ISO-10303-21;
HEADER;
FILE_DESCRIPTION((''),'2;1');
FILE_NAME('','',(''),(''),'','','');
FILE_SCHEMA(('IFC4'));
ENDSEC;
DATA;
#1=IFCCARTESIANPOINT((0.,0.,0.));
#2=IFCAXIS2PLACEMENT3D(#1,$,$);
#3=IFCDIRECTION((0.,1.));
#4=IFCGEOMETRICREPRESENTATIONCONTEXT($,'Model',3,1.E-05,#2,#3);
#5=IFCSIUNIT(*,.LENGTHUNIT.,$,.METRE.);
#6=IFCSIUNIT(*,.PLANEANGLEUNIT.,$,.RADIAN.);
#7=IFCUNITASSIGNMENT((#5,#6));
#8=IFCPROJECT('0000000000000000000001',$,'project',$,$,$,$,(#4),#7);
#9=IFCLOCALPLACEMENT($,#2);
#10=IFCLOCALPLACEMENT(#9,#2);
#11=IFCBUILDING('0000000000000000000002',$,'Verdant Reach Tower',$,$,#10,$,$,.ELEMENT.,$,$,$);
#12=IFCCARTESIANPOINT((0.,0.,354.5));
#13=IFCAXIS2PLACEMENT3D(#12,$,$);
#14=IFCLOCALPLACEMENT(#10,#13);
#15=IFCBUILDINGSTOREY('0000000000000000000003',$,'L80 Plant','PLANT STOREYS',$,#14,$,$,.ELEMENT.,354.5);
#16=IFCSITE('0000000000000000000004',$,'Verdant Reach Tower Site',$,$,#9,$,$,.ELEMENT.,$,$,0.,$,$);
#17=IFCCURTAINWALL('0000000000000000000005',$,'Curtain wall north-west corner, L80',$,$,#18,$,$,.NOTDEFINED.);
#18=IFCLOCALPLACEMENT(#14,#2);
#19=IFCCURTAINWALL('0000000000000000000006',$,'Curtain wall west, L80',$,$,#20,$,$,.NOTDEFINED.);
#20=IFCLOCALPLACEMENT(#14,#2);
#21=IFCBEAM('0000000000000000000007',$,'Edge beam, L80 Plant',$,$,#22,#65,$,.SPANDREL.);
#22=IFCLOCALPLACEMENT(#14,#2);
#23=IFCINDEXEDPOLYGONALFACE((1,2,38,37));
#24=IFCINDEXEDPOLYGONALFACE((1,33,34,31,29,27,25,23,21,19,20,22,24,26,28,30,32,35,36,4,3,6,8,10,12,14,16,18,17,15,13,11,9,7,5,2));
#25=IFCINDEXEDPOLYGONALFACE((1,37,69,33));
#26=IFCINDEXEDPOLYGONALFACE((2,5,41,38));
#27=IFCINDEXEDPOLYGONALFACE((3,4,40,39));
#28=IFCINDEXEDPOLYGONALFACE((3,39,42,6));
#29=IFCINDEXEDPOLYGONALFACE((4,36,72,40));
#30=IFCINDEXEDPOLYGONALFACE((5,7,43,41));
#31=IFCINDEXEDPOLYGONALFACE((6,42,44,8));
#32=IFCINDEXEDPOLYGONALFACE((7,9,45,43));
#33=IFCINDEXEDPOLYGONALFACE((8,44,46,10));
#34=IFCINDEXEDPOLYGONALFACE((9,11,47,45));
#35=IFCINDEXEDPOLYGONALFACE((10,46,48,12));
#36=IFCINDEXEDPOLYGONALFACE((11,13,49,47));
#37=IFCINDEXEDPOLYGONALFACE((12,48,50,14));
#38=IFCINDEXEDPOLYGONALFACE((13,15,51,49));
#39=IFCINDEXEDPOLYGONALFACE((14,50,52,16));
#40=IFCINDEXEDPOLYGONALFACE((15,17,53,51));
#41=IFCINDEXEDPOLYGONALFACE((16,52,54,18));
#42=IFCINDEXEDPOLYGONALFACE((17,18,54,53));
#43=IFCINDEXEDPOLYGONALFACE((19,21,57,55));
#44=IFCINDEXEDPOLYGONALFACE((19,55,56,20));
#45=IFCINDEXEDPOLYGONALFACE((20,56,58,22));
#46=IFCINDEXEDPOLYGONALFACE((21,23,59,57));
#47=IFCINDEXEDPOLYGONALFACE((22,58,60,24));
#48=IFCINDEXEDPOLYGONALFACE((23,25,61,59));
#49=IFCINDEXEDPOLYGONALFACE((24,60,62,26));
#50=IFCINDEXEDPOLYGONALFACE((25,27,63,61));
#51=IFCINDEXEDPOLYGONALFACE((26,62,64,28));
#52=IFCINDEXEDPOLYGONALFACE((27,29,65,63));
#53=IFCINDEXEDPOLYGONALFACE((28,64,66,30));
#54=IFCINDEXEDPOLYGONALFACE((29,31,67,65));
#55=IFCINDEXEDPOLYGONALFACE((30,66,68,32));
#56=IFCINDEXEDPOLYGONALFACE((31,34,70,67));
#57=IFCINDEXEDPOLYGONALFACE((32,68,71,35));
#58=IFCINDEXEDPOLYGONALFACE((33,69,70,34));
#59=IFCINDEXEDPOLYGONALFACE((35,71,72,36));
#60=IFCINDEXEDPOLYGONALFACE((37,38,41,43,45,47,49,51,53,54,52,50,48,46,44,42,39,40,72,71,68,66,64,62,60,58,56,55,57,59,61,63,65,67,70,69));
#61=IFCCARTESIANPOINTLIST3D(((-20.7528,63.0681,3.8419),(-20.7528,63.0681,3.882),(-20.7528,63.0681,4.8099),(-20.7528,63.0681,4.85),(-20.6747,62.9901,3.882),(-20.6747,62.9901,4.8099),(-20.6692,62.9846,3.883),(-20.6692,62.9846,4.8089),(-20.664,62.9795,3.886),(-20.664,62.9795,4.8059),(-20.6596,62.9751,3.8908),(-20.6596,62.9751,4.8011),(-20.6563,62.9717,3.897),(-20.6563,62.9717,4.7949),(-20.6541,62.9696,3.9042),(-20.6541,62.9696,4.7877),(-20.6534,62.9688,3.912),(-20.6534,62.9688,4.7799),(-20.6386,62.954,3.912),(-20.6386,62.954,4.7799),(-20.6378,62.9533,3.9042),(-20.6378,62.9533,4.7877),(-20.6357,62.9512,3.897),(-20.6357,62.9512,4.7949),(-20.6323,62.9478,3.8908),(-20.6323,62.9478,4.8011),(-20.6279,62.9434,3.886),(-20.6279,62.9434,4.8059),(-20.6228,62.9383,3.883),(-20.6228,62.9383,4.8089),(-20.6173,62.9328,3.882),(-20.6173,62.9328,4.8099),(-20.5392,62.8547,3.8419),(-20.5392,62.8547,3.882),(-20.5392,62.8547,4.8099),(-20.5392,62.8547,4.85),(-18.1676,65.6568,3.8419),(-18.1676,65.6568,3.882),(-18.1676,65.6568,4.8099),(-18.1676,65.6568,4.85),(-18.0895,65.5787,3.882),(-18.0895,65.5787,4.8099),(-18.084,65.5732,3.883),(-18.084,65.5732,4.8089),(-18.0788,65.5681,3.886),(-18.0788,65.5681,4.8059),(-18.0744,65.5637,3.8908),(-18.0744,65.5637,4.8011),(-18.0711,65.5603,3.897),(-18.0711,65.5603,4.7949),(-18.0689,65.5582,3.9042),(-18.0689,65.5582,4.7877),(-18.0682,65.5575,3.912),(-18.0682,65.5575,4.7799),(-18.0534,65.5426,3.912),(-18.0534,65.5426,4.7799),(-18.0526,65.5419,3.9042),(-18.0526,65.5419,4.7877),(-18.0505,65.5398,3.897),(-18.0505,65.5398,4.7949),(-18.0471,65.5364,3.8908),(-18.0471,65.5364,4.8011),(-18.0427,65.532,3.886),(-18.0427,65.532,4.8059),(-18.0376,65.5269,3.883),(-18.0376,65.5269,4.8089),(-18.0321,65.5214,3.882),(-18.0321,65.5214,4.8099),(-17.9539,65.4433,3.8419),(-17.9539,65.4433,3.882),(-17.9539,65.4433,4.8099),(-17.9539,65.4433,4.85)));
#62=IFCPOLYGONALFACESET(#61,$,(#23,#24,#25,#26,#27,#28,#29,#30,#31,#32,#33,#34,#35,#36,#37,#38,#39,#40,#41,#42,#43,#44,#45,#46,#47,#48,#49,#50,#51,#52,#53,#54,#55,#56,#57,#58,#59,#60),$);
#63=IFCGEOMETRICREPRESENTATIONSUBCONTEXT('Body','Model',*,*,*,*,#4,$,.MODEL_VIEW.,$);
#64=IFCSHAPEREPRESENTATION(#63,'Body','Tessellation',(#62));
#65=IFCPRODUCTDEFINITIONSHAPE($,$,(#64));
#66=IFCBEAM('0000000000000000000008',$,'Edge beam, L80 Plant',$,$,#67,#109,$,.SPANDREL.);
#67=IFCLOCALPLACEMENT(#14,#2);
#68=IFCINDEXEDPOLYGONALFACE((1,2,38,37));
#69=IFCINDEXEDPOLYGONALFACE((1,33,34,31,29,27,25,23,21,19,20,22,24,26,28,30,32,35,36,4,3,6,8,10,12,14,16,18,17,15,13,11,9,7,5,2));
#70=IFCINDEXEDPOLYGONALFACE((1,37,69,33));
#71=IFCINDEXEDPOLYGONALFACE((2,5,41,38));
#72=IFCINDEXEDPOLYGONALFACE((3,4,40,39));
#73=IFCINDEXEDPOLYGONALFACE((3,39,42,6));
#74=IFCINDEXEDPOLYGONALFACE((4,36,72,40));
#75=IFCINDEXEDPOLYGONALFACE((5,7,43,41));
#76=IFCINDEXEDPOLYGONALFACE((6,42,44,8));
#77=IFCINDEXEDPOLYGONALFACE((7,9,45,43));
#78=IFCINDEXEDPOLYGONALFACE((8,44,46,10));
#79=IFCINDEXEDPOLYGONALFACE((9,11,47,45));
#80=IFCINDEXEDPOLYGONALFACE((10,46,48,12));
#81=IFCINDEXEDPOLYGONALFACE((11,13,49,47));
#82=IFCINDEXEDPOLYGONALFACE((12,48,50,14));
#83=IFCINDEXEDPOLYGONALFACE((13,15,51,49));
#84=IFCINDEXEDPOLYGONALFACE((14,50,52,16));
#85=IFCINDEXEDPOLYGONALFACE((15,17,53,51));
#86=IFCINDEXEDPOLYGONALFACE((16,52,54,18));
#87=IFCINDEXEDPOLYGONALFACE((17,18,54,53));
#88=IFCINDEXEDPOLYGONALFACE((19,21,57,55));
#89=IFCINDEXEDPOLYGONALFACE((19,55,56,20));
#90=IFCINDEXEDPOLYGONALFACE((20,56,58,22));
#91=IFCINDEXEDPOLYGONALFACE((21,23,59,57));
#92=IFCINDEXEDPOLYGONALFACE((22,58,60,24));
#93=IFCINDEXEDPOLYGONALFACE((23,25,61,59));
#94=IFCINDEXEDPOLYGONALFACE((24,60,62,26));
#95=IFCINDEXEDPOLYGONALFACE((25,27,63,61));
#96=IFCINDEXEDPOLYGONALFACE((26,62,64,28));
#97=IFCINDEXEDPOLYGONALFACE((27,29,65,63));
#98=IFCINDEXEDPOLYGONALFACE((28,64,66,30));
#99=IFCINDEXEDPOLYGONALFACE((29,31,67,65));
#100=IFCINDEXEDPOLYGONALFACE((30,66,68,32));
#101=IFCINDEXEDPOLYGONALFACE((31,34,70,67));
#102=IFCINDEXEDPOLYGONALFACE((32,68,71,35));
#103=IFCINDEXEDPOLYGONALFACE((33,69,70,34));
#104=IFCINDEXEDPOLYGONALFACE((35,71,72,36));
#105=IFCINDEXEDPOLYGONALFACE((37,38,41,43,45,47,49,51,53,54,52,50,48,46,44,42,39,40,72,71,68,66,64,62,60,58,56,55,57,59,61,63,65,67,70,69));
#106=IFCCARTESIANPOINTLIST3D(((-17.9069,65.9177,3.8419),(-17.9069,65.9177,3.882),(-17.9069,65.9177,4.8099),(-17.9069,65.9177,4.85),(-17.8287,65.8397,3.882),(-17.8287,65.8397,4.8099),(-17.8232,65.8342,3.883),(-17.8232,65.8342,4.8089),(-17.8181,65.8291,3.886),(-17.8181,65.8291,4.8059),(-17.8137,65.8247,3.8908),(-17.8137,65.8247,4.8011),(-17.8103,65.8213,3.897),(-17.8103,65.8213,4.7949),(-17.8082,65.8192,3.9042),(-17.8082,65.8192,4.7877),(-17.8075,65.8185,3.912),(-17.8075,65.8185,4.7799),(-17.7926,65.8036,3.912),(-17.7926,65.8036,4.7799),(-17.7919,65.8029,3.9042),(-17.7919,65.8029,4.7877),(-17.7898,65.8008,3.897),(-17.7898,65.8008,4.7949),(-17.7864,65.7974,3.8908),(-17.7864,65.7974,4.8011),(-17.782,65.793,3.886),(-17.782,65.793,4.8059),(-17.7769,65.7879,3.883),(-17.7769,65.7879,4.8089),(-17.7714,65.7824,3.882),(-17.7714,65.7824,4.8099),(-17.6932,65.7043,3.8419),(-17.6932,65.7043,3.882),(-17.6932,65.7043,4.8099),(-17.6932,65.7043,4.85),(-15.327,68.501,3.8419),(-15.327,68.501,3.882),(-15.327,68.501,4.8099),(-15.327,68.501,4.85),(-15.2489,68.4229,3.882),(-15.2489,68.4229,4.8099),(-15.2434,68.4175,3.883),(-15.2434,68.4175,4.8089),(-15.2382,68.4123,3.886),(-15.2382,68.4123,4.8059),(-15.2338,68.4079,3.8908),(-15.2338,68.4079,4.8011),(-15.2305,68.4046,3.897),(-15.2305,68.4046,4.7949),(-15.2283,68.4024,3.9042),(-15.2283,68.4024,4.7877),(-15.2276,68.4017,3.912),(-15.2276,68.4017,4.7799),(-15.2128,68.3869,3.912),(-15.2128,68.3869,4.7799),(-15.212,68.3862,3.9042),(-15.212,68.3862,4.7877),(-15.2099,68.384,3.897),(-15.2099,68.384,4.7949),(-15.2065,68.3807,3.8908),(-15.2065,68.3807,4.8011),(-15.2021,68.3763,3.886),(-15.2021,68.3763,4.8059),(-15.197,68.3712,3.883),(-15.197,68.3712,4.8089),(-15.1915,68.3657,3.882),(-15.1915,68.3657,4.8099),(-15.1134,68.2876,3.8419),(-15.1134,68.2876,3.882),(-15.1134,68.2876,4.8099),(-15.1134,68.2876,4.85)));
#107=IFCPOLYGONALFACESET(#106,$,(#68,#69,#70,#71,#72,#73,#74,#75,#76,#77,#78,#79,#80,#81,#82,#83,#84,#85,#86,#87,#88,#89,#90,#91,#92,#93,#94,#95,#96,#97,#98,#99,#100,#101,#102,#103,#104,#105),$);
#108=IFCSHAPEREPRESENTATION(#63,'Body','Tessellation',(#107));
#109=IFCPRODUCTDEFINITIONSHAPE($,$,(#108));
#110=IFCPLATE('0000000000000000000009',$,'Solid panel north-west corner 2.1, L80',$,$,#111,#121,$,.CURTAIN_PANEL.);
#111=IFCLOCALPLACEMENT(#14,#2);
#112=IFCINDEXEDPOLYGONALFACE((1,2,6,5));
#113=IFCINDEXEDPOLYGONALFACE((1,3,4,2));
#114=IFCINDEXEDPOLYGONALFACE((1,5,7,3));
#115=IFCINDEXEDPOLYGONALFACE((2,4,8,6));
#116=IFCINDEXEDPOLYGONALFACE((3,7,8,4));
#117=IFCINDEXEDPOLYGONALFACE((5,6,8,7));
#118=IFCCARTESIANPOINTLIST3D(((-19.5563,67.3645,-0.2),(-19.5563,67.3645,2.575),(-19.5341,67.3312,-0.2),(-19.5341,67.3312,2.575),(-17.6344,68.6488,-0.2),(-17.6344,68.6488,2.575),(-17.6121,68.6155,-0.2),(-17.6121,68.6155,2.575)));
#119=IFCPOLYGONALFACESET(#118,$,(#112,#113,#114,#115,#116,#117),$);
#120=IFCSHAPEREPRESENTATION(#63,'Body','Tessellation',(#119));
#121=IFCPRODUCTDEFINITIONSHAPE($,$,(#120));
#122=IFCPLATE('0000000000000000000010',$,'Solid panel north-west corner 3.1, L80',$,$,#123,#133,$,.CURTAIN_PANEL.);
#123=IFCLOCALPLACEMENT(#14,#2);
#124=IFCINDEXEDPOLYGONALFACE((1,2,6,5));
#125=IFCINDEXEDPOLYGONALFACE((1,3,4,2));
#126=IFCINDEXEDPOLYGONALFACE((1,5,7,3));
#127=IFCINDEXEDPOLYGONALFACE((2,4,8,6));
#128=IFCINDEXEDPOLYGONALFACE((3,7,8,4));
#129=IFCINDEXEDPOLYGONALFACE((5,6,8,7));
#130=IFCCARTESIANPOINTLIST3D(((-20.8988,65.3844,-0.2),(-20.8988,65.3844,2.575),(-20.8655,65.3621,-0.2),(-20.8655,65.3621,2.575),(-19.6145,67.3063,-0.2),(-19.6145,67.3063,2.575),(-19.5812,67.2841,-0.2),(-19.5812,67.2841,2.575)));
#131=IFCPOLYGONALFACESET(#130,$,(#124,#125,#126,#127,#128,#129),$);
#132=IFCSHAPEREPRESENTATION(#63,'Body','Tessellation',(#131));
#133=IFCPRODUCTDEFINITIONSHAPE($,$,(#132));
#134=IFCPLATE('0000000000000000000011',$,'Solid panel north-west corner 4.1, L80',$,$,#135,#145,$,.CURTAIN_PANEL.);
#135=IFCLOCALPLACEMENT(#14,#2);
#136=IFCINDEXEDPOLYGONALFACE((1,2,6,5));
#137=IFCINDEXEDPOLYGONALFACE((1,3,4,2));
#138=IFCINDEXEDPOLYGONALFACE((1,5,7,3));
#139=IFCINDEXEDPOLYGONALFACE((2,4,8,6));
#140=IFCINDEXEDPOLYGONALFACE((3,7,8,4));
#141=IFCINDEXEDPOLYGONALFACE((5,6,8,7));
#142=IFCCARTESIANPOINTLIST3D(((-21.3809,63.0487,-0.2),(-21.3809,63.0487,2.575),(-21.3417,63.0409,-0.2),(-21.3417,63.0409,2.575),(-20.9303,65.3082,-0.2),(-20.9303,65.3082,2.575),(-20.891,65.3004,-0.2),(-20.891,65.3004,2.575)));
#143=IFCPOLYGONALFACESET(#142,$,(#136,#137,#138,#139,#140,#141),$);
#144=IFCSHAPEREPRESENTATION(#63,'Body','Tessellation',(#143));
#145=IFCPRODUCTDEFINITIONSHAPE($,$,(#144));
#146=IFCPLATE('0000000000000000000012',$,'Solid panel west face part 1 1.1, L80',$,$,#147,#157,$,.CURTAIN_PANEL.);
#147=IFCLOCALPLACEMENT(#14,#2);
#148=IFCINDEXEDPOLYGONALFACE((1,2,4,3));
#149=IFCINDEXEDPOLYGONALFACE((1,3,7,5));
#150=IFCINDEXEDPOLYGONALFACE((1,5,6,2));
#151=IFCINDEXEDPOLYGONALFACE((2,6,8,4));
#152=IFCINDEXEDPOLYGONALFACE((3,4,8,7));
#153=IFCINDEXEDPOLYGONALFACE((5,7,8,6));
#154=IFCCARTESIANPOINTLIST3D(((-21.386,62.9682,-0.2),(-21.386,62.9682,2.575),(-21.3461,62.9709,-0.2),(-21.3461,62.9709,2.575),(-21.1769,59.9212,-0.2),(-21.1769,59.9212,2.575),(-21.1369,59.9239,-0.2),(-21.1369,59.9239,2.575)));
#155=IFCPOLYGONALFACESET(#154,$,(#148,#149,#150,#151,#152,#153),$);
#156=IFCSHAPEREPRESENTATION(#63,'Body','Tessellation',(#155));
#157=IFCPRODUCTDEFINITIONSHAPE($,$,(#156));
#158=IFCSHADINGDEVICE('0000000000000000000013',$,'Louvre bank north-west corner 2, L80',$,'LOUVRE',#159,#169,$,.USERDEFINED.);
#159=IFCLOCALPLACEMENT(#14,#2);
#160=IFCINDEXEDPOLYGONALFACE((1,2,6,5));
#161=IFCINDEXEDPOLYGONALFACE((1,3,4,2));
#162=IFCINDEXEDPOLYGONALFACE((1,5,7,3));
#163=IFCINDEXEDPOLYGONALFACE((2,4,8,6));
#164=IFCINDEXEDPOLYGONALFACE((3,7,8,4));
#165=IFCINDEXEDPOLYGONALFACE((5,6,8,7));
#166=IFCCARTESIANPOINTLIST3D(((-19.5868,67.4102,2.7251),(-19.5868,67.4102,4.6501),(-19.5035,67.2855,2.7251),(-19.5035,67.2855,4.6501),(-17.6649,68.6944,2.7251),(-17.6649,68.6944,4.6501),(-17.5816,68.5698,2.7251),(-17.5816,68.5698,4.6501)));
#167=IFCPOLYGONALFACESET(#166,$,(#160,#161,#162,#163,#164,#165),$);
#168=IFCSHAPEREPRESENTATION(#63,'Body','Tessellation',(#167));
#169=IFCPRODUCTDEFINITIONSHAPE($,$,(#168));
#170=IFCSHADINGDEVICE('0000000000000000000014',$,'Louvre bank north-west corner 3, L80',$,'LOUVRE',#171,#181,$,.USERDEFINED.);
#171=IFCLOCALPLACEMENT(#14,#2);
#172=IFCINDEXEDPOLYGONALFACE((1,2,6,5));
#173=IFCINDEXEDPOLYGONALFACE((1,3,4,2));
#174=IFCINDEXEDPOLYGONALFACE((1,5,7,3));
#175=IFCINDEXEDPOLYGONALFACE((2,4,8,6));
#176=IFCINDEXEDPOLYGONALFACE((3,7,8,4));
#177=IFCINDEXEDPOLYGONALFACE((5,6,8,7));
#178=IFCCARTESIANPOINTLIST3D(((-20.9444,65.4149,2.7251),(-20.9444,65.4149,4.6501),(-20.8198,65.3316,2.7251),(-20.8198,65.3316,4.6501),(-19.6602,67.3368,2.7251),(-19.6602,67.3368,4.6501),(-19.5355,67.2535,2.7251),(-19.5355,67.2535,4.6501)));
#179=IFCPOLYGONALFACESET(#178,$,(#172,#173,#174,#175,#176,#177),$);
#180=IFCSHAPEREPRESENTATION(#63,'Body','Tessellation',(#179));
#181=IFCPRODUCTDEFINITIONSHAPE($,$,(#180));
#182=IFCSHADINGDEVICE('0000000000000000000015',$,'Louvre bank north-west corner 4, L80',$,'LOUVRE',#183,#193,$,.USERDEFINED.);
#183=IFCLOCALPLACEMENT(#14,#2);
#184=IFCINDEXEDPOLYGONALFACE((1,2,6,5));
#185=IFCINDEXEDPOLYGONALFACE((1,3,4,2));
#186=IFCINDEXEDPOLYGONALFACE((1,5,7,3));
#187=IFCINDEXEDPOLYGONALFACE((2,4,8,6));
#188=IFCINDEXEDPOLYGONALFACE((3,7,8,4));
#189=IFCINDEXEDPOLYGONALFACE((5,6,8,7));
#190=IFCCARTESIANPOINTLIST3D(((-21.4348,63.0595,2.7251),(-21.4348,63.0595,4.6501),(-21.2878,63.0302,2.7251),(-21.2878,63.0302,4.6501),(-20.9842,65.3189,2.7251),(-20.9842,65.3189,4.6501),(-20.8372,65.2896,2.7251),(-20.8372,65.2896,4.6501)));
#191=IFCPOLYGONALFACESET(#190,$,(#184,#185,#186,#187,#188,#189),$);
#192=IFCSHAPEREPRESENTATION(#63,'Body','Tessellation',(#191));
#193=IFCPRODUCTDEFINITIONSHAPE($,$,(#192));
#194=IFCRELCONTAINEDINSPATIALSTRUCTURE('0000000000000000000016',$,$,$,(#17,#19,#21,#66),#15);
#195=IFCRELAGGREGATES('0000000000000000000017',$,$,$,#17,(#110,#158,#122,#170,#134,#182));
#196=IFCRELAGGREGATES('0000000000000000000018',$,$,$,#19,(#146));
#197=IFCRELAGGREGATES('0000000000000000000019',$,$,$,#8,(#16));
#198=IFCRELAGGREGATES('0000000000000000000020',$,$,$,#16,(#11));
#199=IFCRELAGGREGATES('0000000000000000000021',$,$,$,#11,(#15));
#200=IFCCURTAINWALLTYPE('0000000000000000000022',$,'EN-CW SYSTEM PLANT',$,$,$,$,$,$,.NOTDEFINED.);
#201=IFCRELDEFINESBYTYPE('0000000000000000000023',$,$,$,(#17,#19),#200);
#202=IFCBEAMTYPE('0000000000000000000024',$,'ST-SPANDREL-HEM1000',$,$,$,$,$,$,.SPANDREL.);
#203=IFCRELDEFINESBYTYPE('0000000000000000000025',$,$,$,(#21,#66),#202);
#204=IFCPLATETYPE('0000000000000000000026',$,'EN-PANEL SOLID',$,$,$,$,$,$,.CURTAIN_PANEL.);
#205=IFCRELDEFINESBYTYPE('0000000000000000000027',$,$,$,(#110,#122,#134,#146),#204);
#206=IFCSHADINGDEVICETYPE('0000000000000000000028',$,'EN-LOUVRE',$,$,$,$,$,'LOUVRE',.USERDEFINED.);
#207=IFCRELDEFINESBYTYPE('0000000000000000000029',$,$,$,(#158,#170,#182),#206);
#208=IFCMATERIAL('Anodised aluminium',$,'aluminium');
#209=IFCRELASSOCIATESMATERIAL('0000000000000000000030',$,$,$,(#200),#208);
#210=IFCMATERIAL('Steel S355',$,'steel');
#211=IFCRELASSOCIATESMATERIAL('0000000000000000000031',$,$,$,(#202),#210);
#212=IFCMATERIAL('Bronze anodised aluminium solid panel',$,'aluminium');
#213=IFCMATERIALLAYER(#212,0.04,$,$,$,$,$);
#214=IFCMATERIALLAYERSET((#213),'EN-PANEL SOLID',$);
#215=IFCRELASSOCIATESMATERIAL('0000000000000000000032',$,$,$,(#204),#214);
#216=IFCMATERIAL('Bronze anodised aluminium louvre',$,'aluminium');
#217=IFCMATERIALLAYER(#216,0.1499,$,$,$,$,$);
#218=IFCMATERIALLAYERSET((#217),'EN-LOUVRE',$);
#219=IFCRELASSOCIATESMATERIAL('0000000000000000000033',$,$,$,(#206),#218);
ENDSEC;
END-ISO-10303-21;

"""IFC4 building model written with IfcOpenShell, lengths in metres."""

from ifc_helpers import new_model, si_unit, direction, frame, origin, origin_2d, place, context, subcontext, project, spatial, rectangle, i_section, extrude, material, layer, layer_set, material_profile, profile_set, type_object, element, aggregate, save


model = new_model("IFC4")

# Units and contexts
model_context = context("Model", 3, precision=1e-05, world=origin(), true_north=direction((0.0, 1.0)))
body_context = subcontext(model_context, "Body", "Model", "MODEL_VIEW")
ifc_project = project(units=[si_unit("LENGTHUNIT", "METRE"), si_unit("PLANEANGLEUNIT", "RADIAN")], contexts=[model_context])

# Site, building, storey
site_placement = place(None, origin())
site = spatial("IfcSite", under=ifc_project, at=site_placement, Name="Verdant Reach Tower Site", CompositionType="ELEMENT", RefElevation=0.0)
building_placement = place(site_placement, origin())
building = spatial("IfcBuilding", under=site, at=building_placement, Name="Verdant Reach Tower", CompositionType="ELEMENT")
storey_placement = place(building_placement, frame((0.0, 0.0, 354.5)))
storey = spatial("IfcBuildingStorey", under=building, at=storey_placement, Name="L80 Plant", Description="PLANT STOREYS", CompositionType="ELEMENT", Elevation=354.5)

# Curtain walls
ifc_material_1 = material(Name="Anodised aluminium", Category="aluminium")
curtain_wall_type = type_object("IfcCurtainWallType", Name="EN-CW SYSTEM PLANT", PredefinedType="NOTDEFINED", material=ifc_material_1)
curtain_wall_1_placement = place(storey_placement, origin())
curtain_wall_1 = element("IfcCurtainWall", 1, at=curtain_wall_1_placement, inside=storey, type_object=curtain_wall_type, Name="Curtain wall north-west corner, L80", PredefinedType="NOTDEFINED")
curtain_wall_2_placement = place(storey_placement, origin())
curtain_wall_2 = element("IfcCurtainWall", 2, at=curtain_wall_2_placement, inside=storey, type_object=curtain_wall_type, Name="Curtain wall west, L80", PredefinedType="NOTDEFINED")

# Beams
ifc_material_2 = material(Name="Steel S355", Category="steel")
ifc_material_profile_1 = material_profile(ifc_material_2, i_section(OverallWidth=0.302, OverallDepth=1.0081, WebThickness=0.021, FlangeThickness=0.04, FilletRadius=0.03, at=origin_2d()), Name="HEM 1000")
ifc_profile_set_1 = profile_set([ifc_material_profile_1], Name="Steel S355")
beam_type = type_object("IfcBeamType", Name="ST-SPANDREL-HEM1000", PredefinedType="SPANDREL", material=ifc_profile_set_1)
beam_1_placement = place(storey_placement, frame((-20.646, 62.9614, 4.3459), z_axis=(0.706639, 0.707574, 0.0), x_axis=(-0.707574, 0.706639, 0.0)))
element("IfcBeam", 3, at=beam_1_placement, inside=storey, type_object=beam_type, Name="Edge beam, L80 Plant", PredefinedType="SPANDREL", context=body_context, shape_type="SweptSolid", body=[
    extrude(i_section(OverallWidth=0.302, OverallDepth=1.0081, WebThickness=0.021, FlangeThickness=0.04, FilletRadius=0.03, at=origin_2d()), origin(), (0.0, 0.0, 1.0), 3.6584),
])
beam_2_placement = place(storey_placement, frame((-17.8, 65.811, 4.3459), z_axis=(0.706639, 0.707575, 0.0), x_axis=(-0.707575, 0.706639, 0.0)))
element("IfcBeam", 4, at=beam_2_placement, inside=storey, type_object=beam_type, Name="Edge beam, L80 Plant", PredefinedType="SPANDREL", context=body_context, shape_type="SweptSolid", body=[
    extrude(i_section(OverallWidth=0.302, OverallDepth=1.0081, WebThickness=0.021, FlangeThickness=0.04, FilletRadius=0.03, at=origin_2d()), origin(), (0.0, 0.0, 1.0), 3.6509),
])

# Plates
ifc_material_3 = material(Name="Bronze anodised aluminium solid panel", Category="aluminium")
ifc_layer_1 = layer(ifc_material_3, 0.04)
ifc_layer_set_1 = layer_set([ifc_layer_1], Name="EN-PANEL SOLID")
plate_type = type_object("IfcPlateType", Name="EN-PANEL SOLID", PredefinedType="CURTAIN_PANEL", material=ifc_layer_set_1)
plate_1_placement = place(storey_placement, frame((-18.5842, 67.99, -0.2), z_axis=(0.0, 0.0, 1.0), x_axis=(-0.831452, -0.555596, 0.0)))
plate_1 = element("IfcPlate", 5, at=plate_1_placement, type_object=plate_type, Name="Solid panel north-west corner 2.1, L80", PredefinedType="CURTAIN_PANEL", context=body_context, shape_type="SweptSolid", body=[
    extrude(rectangle(XDim=2.3115, YDim=0.04, at=origin_2d()), origin(), (0.0, 0.0, 1.0), 2.7749),
])
plate_2_placement = place(storey_placement, frame((-20.24, 66.3342, -0.2), z_axis=(0.0, 0.0, 1.0), x_axis=(-0.555596, -0.831452, 0.0)))
plate_2 = element("IfcPlate", 6, at=plate_2_placement, type_object=plate_type, Name="Solid panel north-west corner 3.1, L80", PredefinedType="CURTAIN_PANEL", context=body_context, shape_type="SweptSolid", body=[
    extrude(rectangle(XDim=2.3115, YDim=0.04, at=origin_2d()), origin(), (0.0, 0.0, 1.0), 2.7749),
])
plate_3_placement = place(storey_placement, frame((-21.136, 64.1746, -0.2), z_axis=(0.0, 0.0, 1.0), x_axis=(-0.195593, -0.980685, 0.0)))
plate_3 = element("IfcPlate", 7, at=plate_3_placement, type_object=plate_type, Name="Solid panel north-west corner 4.1, L80", PredefinedType="CURTAIN_PANEL", context=body_context, shape_type="SweptSolid", body=[
    extrude(rectangle(XDim=2.304, YDim=0.04, at=origin_2d()), origin(), (0.0, 0.0, 1.0), 2.7749),
])
plate_4_placement = place(storey_placement, frame((-21.2615, 61.446, -0.2), z_axis=(0.0, 0.0, 1.0), x_axis=(0.068469, -0.997653, 0.0)))
plate_4 = element("IfcPlate", 8, at=plate_4_placement, type_object=plate_type, Name="Solid panel west face part 1 1.1, L80", PredefinedType="CURTAIN_PANEL", context=body_context, shape_type="SweptSolid", body=[
    extrude(rectangle(XDim=3.0542, YDim=0.04, at=origin_2d()), origin(), (0.0, 0.0, 1.0), 2.7749),
])

# Shading devices
ifc_material_4 = material(Name="Bronze anodised aluminium louvre", Category="aluminium")
ifc_layer_2 = layer(ifc_material_4, 0.1499)
ifc_layer_set_2 = layer_set([ifc_layer_2], Name="EN-LOUVRE")
shading_device_type = type_object("IfcShadingDeviceType", Name="EN-LOUVRE", ElementType="LOUVRE", PredefinedType="USERDEFINED", material=ifc_layer_set_2)
shading_device_1_placement = place(storey_placement, frame((-18.5842, 67.99, 2.7251), z_axis=(0.0, 0.0, 1.0), x_axis=(-0.831452, -0.555596, 0.0)))
shading_device_1 = element("IfcShadingDevice", 9, at=shading_device_1_placement, type_object=shading_device_type, Name="Louvre bank north-west corner 2, L80", ObjectType="LOUVRE", PredefinedType="USERDEFINED", context=body_context, shape_type="SweptSolid", body=[
    extrude(rectangle(XDim=2.3115, YDim=0.1499, at=origin_2d()), origin(), (0.0, 0.0, 1.0), 1.925),
])
shading_device_2_placement = place(storey_placement, frame((-20.24, 66.3342, 2.7251), z_axis=(0.0, 0.0, 1.0), x_axis=(-0.555596, -0.831452, 0.0)))
shading_device_2 = element("IfcShadingDevice", 10, at=shading_device_2_placement, type_object=shading_device_type, Name="Louvre bank north-west corner 3, L80", ObjectType="LOUVRE", PredefinedType="USERDEFINED", context=body_context, shape_type="SweptSolid", body=[
    extrude(rectangle(XDim=2.3115, YDim=0.1499, at=origin_2d()), origin(), (0.0, 0.0, 1.0), 1.925),
])
shading_device_3_placement = place(storey_placement, frame((-21.136, 64.1746, 2.7251), z_axis=(0.0, 0.0, 1.0), x_axis=(-0.195593, -0.980685, 0.0)))
shading_device_3 = element("IfcShadingDevice", 11, at=shading_device_3_placement, type_object=shading_device_type, Name="Louvre bank north-west corner 4, L80", ObjectType="LOUVRE", PredefinedType="USERDEFINED", context=body_context, shape_type="SweptSolid", body=[
    extrude(rectangle(XDim=2.304, YDim=0.1499, at=origin_2d()), origin(), (0.0, 0.0, 1.0), 1.925),
])
aggregate(curtain_wall_1, [plate_1, shading_device_1, plate_2, shading_device_2, plate_3, shading_device_3])
aggregate(curtain_wall_2, [plate_4])

save(model, "model.ifc")
